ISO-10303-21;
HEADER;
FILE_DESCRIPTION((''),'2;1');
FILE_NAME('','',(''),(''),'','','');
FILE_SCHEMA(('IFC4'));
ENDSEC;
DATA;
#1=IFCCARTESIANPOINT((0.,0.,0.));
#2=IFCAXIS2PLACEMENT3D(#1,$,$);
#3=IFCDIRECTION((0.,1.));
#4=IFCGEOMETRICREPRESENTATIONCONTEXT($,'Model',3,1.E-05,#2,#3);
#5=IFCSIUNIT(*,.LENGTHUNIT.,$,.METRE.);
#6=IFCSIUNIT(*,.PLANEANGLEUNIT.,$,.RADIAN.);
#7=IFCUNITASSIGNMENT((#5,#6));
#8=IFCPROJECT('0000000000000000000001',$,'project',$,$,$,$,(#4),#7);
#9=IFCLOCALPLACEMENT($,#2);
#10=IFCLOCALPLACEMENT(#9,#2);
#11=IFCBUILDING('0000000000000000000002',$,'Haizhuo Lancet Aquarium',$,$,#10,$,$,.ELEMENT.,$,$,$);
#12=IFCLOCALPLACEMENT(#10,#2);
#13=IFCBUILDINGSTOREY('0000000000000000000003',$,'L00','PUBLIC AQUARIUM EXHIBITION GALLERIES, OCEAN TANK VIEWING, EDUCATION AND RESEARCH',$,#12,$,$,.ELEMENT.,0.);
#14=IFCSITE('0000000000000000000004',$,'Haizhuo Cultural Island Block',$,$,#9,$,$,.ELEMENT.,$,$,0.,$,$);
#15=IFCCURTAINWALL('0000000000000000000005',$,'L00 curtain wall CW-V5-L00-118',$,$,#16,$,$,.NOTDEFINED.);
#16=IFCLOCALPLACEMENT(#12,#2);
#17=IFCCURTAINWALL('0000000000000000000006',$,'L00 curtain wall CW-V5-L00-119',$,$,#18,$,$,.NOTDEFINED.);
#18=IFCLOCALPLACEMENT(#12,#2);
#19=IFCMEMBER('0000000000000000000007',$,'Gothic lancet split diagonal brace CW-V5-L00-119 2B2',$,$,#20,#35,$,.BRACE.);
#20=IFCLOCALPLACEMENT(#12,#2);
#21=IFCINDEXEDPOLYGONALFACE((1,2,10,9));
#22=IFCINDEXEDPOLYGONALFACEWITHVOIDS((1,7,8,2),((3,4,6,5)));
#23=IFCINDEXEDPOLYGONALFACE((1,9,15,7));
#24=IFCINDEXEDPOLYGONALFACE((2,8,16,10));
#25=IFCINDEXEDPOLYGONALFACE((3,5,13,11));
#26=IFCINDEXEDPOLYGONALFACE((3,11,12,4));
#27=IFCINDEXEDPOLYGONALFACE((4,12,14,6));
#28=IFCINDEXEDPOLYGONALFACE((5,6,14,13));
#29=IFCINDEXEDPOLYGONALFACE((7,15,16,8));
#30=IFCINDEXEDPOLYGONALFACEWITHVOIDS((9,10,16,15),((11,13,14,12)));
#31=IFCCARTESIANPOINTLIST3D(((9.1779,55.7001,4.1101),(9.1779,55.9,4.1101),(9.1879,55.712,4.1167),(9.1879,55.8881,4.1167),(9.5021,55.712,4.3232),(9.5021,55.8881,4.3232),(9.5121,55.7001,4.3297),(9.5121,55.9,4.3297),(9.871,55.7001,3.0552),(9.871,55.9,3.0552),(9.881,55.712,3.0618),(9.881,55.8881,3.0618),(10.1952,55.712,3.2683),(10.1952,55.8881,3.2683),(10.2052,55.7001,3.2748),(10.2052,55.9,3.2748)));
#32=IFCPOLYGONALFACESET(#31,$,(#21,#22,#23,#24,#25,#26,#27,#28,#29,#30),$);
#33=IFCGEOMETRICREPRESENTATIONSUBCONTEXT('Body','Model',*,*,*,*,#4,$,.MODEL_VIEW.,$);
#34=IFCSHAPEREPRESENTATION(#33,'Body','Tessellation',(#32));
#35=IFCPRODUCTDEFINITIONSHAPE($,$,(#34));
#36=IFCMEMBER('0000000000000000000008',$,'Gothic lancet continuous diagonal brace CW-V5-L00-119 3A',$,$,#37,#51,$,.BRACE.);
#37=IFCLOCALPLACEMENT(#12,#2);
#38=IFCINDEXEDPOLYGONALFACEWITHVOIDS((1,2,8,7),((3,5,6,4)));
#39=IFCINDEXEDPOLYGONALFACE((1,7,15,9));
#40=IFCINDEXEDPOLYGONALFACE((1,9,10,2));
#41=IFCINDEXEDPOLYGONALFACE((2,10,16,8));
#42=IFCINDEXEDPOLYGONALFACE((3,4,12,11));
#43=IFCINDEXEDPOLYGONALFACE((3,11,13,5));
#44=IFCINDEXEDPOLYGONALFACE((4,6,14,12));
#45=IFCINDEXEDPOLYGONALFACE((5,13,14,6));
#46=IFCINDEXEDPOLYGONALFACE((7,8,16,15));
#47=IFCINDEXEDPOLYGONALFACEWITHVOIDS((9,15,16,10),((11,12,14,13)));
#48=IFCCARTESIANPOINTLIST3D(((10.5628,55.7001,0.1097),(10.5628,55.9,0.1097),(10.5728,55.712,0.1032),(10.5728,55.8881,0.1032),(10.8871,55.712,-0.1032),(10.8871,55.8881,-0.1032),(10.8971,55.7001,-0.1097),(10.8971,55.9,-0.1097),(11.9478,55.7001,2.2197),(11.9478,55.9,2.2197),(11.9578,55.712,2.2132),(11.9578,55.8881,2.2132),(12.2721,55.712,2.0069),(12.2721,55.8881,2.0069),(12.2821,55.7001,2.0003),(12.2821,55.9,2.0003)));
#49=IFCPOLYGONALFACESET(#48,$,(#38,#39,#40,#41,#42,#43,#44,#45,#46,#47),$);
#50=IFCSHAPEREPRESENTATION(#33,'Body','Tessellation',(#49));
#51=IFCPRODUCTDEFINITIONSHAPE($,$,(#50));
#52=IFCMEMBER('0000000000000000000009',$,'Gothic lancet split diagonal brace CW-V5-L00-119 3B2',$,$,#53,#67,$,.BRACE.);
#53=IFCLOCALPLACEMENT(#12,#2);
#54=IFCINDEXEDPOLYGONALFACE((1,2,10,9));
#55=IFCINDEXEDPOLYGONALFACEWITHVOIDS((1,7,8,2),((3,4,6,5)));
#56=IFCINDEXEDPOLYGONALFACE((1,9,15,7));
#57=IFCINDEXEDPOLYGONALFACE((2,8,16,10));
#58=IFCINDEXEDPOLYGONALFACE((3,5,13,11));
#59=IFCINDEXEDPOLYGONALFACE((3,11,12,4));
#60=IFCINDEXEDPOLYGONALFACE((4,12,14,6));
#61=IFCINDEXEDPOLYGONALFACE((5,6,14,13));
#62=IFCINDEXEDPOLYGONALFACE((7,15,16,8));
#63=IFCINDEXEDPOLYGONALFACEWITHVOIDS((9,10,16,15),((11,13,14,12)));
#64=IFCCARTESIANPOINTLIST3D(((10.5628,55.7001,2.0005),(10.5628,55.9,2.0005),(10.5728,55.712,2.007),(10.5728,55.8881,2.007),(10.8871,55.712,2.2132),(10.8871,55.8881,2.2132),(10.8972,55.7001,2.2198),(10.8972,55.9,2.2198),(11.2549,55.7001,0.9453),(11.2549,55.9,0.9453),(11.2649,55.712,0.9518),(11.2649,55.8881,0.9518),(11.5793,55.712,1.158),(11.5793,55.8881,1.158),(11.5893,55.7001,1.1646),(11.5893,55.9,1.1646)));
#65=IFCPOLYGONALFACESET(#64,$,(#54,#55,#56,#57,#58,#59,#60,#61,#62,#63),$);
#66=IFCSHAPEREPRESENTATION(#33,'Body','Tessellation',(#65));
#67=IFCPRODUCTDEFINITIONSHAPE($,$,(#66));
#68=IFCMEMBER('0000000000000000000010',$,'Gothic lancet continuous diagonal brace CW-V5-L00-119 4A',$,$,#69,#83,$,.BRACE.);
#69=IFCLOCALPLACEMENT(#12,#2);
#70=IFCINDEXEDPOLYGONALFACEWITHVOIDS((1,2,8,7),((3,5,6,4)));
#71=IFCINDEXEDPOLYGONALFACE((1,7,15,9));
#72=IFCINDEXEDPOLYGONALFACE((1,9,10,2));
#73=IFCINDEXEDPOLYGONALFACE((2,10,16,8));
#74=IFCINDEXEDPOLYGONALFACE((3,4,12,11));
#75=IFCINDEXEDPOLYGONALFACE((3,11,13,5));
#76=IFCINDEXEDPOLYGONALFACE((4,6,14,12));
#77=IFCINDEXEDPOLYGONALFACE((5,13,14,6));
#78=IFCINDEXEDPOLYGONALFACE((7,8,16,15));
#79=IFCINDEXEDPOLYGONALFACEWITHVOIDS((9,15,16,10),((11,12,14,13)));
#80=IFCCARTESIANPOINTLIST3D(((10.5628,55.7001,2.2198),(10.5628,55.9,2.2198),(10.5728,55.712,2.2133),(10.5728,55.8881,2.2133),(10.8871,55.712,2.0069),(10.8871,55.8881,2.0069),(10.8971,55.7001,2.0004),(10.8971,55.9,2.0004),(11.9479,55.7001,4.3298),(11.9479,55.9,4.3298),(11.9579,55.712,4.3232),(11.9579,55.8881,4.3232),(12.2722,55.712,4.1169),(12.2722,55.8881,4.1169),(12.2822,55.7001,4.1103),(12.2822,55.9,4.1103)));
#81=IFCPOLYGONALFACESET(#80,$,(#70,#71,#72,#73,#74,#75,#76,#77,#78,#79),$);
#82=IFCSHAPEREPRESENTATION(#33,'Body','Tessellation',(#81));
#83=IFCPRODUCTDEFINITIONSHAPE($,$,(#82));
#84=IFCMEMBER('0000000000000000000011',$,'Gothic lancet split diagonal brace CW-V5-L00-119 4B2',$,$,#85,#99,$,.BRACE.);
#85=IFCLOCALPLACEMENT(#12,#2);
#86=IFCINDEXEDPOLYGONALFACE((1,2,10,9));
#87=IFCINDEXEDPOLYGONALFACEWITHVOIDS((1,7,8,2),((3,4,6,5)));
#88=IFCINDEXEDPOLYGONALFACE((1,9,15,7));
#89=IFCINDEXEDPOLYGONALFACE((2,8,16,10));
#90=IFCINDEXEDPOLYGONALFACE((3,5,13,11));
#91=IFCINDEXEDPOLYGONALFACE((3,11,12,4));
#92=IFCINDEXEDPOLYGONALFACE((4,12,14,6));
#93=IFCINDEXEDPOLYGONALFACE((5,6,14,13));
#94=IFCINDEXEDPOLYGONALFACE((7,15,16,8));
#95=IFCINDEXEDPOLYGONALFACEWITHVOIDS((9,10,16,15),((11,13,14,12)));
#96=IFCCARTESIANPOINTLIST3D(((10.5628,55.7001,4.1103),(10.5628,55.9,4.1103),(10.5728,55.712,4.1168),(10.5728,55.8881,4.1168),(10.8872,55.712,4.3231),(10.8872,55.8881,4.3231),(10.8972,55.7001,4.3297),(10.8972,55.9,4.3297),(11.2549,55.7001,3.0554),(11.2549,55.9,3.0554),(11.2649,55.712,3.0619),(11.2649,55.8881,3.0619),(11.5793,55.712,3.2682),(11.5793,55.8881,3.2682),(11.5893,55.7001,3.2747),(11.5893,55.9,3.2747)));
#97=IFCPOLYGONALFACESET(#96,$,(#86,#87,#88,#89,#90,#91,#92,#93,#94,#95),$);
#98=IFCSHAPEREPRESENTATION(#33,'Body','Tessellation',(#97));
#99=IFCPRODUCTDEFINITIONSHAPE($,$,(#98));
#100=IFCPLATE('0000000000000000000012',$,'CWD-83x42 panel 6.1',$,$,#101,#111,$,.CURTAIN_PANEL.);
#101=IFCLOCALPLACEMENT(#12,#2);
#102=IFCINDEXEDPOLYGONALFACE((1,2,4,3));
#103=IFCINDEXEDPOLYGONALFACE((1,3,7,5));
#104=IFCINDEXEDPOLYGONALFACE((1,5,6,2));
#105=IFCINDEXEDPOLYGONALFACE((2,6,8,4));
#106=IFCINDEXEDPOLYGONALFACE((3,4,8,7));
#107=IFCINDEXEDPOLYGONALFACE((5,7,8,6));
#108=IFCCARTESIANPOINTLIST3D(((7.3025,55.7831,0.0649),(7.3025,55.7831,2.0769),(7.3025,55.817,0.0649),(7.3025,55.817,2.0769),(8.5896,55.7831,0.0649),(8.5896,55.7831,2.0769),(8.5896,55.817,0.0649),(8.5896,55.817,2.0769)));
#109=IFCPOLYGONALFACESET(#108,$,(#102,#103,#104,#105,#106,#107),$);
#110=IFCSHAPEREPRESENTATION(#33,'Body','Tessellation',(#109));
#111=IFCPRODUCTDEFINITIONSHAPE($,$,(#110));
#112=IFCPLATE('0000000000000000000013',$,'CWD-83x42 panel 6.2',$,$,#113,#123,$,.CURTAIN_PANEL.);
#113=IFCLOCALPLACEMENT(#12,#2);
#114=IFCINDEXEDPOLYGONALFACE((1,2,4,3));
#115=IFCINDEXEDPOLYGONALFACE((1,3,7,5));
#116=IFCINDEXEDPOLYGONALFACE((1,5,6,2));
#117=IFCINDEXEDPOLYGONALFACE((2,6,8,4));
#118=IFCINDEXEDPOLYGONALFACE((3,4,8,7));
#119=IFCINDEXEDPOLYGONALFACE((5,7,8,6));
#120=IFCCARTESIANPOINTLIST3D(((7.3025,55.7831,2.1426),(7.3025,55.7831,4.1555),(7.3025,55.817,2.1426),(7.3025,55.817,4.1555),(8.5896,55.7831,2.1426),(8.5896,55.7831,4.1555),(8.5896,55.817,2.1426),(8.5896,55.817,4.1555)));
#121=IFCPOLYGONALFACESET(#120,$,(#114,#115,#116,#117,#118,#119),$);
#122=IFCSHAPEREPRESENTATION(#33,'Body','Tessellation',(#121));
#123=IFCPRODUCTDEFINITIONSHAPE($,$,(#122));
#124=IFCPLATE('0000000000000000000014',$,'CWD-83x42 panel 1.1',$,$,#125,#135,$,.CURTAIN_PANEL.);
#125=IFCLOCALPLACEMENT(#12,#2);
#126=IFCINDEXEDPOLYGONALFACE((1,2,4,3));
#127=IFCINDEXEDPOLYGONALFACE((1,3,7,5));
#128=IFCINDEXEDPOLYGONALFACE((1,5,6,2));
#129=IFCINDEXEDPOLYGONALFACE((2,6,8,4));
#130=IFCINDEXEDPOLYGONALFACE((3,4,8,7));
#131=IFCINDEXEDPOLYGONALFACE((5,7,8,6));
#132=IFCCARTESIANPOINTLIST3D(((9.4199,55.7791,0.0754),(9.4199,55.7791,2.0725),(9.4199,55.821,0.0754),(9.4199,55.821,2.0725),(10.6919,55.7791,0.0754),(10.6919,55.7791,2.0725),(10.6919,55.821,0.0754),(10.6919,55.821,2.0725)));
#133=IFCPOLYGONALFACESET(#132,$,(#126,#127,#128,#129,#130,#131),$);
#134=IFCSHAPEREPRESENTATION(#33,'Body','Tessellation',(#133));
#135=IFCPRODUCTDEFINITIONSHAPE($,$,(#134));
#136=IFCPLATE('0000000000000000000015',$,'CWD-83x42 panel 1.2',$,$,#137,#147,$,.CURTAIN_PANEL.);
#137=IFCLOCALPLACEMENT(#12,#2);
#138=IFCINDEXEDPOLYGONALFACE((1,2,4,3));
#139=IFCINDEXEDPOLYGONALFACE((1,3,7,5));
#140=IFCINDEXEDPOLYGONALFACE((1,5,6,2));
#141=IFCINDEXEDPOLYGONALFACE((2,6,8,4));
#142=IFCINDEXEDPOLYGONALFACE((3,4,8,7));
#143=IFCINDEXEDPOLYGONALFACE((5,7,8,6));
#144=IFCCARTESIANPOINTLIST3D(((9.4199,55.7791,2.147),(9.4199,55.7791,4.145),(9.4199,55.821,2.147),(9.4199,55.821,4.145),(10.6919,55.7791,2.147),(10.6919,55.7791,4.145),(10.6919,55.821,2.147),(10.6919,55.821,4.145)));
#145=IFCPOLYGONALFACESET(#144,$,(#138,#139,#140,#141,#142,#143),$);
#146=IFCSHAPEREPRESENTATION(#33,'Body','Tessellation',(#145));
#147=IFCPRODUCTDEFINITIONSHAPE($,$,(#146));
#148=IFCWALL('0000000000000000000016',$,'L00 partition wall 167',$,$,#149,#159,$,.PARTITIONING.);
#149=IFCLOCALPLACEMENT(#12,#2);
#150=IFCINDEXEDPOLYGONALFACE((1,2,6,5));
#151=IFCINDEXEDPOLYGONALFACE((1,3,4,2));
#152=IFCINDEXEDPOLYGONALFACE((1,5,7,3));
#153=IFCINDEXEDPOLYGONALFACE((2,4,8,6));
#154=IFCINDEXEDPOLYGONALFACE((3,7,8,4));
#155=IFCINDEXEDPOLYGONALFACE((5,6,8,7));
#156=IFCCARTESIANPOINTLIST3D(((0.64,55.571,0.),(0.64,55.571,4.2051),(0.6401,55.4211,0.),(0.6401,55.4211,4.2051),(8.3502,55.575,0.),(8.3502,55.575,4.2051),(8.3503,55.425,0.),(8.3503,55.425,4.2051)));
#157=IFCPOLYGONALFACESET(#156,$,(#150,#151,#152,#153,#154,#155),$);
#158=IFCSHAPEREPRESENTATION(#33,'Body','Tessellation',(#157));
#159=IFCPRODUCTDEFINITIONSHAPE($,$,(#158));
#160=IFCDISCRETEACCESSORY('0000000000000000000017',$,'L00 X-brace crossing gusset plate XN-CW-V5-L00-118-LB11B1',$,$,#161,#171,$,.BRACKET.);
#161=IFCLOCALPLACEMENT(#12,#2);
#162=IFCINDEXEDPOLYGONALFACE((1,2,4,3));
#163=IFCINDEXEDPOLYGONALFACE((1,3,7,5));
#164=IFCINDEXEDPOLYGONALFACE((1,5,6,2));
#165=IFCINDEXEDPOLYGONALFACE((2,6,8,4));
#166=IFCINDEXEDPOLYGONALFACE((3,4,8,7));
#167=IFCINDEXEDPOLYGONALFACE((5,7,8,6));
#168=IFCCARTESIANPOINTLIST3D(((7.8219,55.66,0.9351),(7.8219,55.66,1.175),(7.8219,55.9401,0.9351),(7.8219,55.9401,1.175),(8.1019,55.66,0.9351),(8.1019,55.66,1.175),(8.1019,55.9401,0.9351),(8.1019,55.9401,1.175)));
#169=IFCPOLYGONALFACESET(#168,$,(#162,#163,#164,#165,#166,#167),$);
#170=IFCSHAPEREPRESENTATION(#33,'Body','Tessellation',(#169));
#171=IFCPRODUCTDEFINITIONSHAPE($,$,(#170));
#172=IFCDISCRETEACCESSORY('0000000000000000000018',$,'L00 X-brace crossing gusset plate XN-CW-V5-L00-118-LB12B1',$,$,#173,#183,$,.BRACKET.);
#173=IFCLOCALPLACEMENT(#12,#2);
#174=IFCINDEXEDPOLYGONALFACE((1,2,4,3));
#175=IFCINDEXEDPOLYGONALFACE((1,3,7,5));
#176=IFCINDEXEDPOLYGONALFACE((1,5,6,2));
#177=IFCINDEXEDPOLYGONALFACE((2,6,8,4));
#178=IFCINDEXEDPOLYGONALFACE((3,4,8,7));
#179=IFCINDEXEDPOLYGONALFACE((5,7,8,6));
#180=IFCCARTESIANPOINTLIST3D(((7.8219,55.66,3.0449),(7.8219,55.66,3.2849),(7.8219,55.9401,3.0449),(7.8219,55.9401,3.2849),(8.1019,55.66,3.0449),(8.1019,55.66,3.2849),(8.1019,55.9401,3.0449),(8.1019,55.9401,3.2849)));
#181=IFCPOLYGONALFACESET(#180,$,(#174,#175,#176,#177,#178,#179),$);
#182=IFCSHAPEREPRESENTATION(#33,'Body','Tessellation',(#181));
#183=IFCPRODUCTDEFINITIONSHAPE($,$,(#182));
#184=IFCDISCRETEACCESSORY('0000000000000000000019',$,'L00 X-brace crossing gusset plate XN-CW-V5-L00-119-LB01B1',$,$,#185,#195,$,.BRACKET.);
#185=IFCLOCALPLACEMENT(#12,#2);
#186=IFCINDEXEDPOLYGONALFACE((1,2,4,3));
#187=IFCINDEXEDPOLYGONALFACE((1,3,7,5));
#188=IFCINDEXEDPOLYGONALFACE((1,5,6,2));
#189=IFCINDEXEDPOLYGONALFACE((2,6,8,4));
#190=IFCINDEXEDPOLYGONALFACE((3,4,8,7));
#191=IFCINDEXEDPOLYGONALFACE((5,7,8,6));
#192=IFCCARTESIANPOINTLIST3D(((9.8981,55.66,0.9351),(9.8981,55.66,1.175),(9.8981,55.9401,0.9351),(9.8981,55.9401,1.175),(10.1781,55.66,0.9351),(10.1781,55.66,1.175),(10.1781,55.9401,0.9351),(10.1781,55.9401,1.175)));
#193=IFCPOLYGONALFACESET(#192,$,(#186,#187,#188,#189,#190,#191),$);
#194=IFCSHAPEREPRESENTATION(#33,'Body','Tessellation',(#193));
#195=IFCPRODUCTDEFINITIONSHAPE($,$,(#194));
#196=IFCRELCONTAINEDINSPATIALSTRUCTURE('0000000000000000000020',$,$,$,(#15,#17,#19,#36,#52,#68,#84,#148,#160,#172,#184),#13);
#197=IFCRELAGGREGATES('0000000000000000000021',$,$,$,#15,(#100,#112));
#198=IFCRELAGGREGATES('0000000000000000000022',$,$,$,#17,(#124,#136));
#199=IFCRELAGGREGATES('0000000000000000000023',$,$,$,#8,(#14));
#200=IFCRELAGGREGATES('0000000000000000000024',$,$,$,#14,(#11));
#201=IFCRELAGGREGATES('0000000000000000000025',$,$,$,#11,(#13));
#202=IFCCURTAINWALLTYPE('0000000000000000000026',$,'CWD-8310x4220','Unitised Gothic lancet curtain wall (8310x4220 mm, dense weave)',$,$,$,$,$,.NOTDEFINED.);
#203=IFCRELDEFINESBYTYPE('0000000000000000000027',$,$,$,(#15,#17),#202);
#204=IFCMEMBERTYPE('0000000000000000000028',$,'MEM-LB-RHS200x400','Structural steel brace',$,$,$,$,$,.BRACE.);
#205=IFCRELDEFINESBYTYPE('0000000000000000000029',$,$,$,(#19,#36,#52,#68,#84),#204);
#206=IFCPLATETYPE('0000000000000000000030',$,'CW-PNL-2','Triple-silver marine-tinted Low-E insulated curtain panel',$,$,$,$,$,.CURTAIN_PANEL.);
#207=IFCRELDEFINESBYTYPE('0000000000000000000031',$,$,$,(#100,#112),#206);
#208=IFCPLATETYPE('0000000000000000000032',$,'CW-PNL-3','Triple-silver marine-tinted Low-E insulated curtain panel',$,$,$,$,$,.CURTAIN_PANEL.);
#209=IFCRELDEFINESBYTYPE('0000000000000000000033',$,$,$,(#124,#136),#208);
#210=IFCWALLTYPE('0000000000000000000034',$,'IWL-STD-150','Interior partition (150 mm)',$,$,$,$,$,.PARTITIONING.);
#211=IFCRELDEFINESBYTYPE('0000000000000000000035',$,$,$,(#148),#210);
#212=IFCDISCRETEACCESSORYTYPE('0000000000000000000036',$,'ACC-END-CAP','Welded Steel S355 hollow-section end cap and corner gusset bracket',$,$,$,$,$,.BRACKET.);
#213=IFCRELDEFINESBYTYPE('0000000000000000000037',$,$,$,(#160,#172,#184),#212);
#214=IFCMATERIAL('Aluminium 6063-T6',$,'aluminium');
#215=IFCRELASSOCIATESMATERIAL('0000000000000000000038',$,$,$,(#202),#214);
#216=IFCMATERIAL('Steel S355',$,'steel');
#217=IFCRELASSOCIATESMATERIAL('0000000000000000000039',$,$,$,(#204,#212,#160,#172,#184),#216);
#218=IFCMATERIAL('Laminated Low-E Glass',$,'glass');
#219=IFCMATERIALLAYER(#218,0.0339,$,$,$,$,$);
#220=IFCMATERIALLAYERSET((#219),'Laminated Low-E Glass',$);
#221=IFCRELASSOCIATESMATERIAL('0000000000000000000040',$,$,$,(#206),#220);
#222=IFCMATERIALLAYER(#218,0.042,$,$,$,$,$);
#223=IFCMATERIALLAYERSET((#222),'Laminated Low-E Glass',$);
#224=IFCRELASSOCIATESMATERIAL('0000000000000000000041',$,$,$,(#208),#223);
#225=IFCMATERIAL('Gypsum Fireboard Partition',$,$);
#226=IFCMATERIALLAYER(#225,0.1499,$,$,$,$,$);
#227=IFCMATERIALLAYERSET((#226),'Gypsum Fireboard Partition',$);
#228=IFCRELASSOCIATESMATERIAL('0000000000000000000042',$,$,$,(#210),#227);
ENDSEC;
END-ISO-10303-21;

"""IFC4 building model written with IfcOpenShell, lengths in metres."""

from ifc_helpers import new_model, si_unit, direction, frame, frame_2d, origin, origin_2d, place, context, subcontext, project, spatial, rectangle, hollow_rectangle, extrude, material, layer, layer_set, material_profile, profile_set, type_object, element, aggregate, save


model = new_model("IFC4")

# Units and contexts
model_context = context("Model", 3, precision=1e-05, world=origin(), true_north=direction((0.0, 1.0)))
body_context = subcontext(model_context, "Body", "Model", "MODEL_VIEW")
ifc_project = project(units=[si_unit("LENGTHUNIT", "METRE"), si_unit("PLANEANGLEUNIT", "RADIAN")], contexts=[model_context])

# Site, building, storey
site_placement = place(None, origin())
site = spatial("IfcSite", under=ifc_project, at=site_placement, Name="Haizhuo Cultural Island Block", CompositionType="ELEMENT", RefElevation=0.0)
building_placement = place(site_placement, origin())
building = spatial("IfcBuilding", under=site, at=building_placement, Name="Haizhuo Lancet Aquarium", CompositionType="ELEMENT")
storey_placement = place(building_placement, origin())
storey = spatial("IfcBuildingStorey", under=building, at=storey_placement, Name="L00", Description="PUBLIC AQUARIUM EXHIBITION GALLERIES, OCEAN TANK VIEWING, EDUCATION AND RESEARCH", CompositionType="ELEMENT", Elevation=0.0)

# Curtain wall
ifc_material_1 = material(Name="Aluminium 6063-T6", Category="aluminium")
curtain_wall_type = type_object("IfcCurtainWallType", Name="CWD-8310x4220", Description="Unitised Gothic lancet curtain wall (8310x4220 mm, dense weave)", PredefinedType="NOTDEFINED", material=ifc_material_1)
curtain_wall_1_placement = place(storey_placement, origin())
curtain_wall_1 = element("IfcCurtainWall", 1, at=curtain_wall_1_placement, inside=storey, type_object=curtain_wall_type, Name="L00 curtain wall CW-V5-L00-118", PredefinedType="NOTDEFINED")

# Curtain wall
curtain_wall_2_placement = place(storey_placement, origin())
curtain_wall_2 = element("IfcCurtainWall", 2, at=curtain_wall_2_placement, inside=storey, type_object=curtain_wall_type, Name="L00 curtain wall CW-V5-L00-119", PredefinedType="NOTDEFINED")

# Members
ifc_material_2 = material(Name="Steel S355", Category="steel")
ifc_material_profile_1 = material_profile(ifc_material_2, hollow_rectangle(XDim=0.2, YDim=0.3999, WallThickness=0.012, at=origin_2d()), Name="RHS 200x400x12")
ifc_profile_set_1 = profile_set([ifc_material_profile_1], Name="Steel S355")
member_type_1 = type_object("IfcMemberType", Name="MEM-LB-RHS200x400", Description="Structural steel brace", PredefinedType="BRACE", material=ifc_profile_set_1)
member_1_placement = place(storey_placement, frame((10.0381, 55.8, 3.165), z_axis=(-0.549108, 0.0, 0.835751), x_axis=(0.0, -1.0, 0.0)))
element("IfcMember", 3, at=member_1_placement, inside=storey, type_object=member_type_1, Name="Gothic lancet split diagonal brace CW-V5-L00-119 2B2", PredefinedType="BRACE", context=body_context, shape_type="SweptSolid", body=[
    extrude(hollow_rectangle(XDim=0.2, YDim=0.3999, WallThickness=0.012, at=origin_2d()), origin(), (0.0, 0.0, 1.0), 1.2622),
])
member_2_placement = place(storey_placement, frame((10.73, 55.8, 0.0), z_axis=(0.548726, 0.0, 0.836002), x_axis=(0.0, 1.0, 0.0)))
element("IfcMember", 4, at=member_2_placement, inside=storey, type_object=member_type_1, Name="Gothic lancet continuous diagonal brace CW-V5-L00-119 3A", PredefinedType="BRACE", context=body_context, shape_type="SweptSolid", body=[
    extrude(hollow_rectangle(XDim=0.2, YDim=0.3999, WallThickness=0.012, at=origin_2d()), origin(), (0.0, 0.0, 1.0), 2.5239),
])
member_3_placement = place(storey_placement, frame((11.4221, 55.8, 1.0549), z_axis=(-0.548479, 0.0, 0.836164), x_axis=(0.0, -1.0, 0.0)))
element("IfcMember", 5, at=member_3_placement, inside=storey, type_object=member_type_1, Name="Gothic lancet split diagonal brace CW-V5-L00-119 3B2", PredefinedType="BRACE", context=body_context, shape_type="SweptSolid", body=[
    extrude(hollow_rectangle(XDim=0.2, YDim=0.3999, WallThickness=0.012, at=origin_2d()), origin(), (0.0, 0.0, 1.0), 1.262),
])
member_4_placement = place(storey_placement, frame((10.73, 55.8, 2.1101), z_axis=(0.548771, 0.0, 0.835973), x_axis=(0.0, 1.0, 0.0)))
element("IfcMember", 6, at=member_4_placement, inside=storey, type_object=member_type_1, Name="Gothic lancet continuous diagonal brace CW-V5-L00-119 4A", PredefinedType="BRACE", context=body_context, shape_type="SweptSolid", body=[
    extrude(hollow_rectangle(XDim=0.2, YDim=0.3999, WallThickness=0.012, at=origin_2d()), origin(), (0.0, 0.0, 1.0), 2.5239),
])
member_5_placement = place(storey_placement, frame((11.4221, 55.8, 3.165), z_axis=(-0.548568, 0.0, 0.836106), x_axis=(0.0, -1.0, 0.0)))
element("IfcMember", 7, at=member_5_placement, inside=storey, type_object=member_type_1, Name="Gothic lancet split diagonal brace CW-V5-L00-119 4B2", PredefinedType="BRACE", context=body_context, shape_type="SweptSolid", body=[
    extrude(hollow_rectangle(XDim=0.2, YDim=0.3999, WallThickness=0.012, at=origin_2d()), origin(), (0.0, 0.0, 1.0), 1.2617),
])

# Plates
ifc_material_3 = material(Name="Laminated Low-E Glass", Category="glass")
ifc_layer_1 = layer(ifc_material_3, 0.0339)
ifc_layer_set_1 = layer_set([ifc_layer_1], Name="Laminated Low-E Glass")
plate_type_1 = type_object("IfcPlateType", Name="CW-PNL-2", Description="Triple-silver marine-tinted Low-E insulated curtain panel", PredefinedType="CURTAIN_PANEL", material=ifc_layer_set_1)
plate_1_placement = place(storey_placement, frame((7.946, 55.8, 0.0649), z_axis=(0.0, 0.0, 1.0), x_axis=(1.0, 0.0, 0.0)))
plate_1 = element("IfcPlate", 8, at=plate_1_placement, type_object=plate_type_1, Name="CWD-83x42 panel 6.1", PredefinedType="CURTAIN_PANEL", context=body_context, shape_type="SweptSolid", body=[
    extrude(rectangle(XDim=1.2871, YDim=0.0339, at=origin_2d()), origin(), (0.0, 0.0, 1.0), 2.012),
])
plate_2_placement = place(storey_placement, frame((7.946, 55.8, 2.1426), z_axis=(0.0, 0.0, 1.0), x_axis=(1.0, 0.0, 0.0)))
plate_2 = element("IfcPlate", 9, at=plate_2_placement, type_object=plate_type_1, Name="CWD-83x42 panel 6.2", PredefinedType="CURTAIN_PANEL", context=body_context, shape_type="SweptSolid", body=[
    extrude(rectangle(XDim=1.2871, YDim=0.0339, at=origin_2d()), origin(), (0.0, 0.0, 1.0), 2.0129),
])
aggregate(curtain_wall_1, [plate_1, plate_2])
ifc_layer_2 = layer(ifc_material_3, 0.042)
ifc_layer_set_2 = layer_set([ifc_layer_2], Name="Laminated Low-E Glass")
plate_type_2 = type_object("IfcPlateType", Name="CW-PNL-3", Description="Triple-silver marine-tinted Low-E insulated curtain panel", PredefinedType="CURTAIN_PANEL", material=ifc_layer_set_2)
plate_3_placement = place(storey_placement, frame((10.0559, 55.8, 0.0754), z_axis=(0.0, 0.0, 1.0), x_axis=(1.0, 0.0, 0.0)))
plate_3 = element("IfcPlate", 10, at=plate_3_placement, type_object=plate_type_2, Name="CWD-83x42 panel 1.1", PredefinedType="CURTAIN_PANEL", context=body_context, shape_type="SweptSolid", body=[
    extrude(rectangle(XDim=1.272, YDim=0.042, at=origin_2d()), origin(), (0.0, 0.0, 1.0), 1.9971),
])
plate_4_placement = place(storey_placement, frame((10.0559, 55.8, 2.147), z_axis=(0.0, 0.0, 1.0), x_axis=(1.0, 0.0, 0.0)))
plate_4 = element("IfcPlate", 11, at=plate_4_placement, type_object=plate_type_2, Name="CWD-83x42 panel 1.2", PredefinedType="CURTAIN_PANEL", context=body_context, shape_type="SweptSolid", body=[
    extrude(rectangle(XDim=1.272, YDim=0.042, at=origin_2d()), origin(), (0.0, 0.0, 1.0), 1.998),
])
aggregate(curtain_wall_2, [plate_3, plate_4])

# Wall
ifc_material_4 = material(Name="Gypsum Fireboard Partition")
ifc_layer_3 = layer(ifc_material_4, 0.1499)
ifc_layer_set_3 = layer_set([ifc_layer_3], Name="Gypsum Fireboard Partition")
wall_type = type_object("IfcWallType", Name="IWL-STD-150", Description="Interior partition (150 mm)", PredefinedType="PARTITIONING", material=ifc_layer_set_3)
wall_placement = place(storey_placement, frame((8.3501, 55.5, 0.0), z_axis=(0.0, 0.0, 1.0), x_axis=(-1.0, -0.000507, 0.0)))
element("IfcWall", 12, at=wall_placement, inside=storey, type_object=wall_type, Name="L00 partition wall 167", PredefinedType="PARTITIONING", context=body_context, shape_type="SweptSolid", body=[
    extrude(rectangle(XDim=7.7102, YDim=0.1499, at=frame_2d((3.855, 0.0))), origin(), (0.0, 0.0, 1.0), 4.2051),
])

# Discrete accessories
discrete_accessory_type = type_object("IfcDiscreteAccessoryType", Name="ACC-END-CAP", Description="Welded Steel S355 hollow-section end cap and corner gusset bracket", PredefinedType="BRACKET", material=ifc_material_2)
for number, where, z_axis, x_axis, name in (
    (13, (7.9619, 55.8, 0.9351), (0.0, 0.0, 1.0), (1.0, 0.0, 0.0), "L00 X-brace crossing gusset plate XN-CW-V5-L00-118-LB11B1"),
    (14, (7.9619, 55.8, 3.0449), (0.0, 0.0, 1.0), (1.0, 0.0, 0.0), "L00 X-brace crossing gusset plate XN-CW-V5-L00-118-LB12B1"),
    (15, (10.0381, 55.8, 0.9351), (0.0, 0.0, 1.0), (1.0, 0.0, 0.0), "L00 X-brace crossing gusset plate XN-CW-V5-L00-119-LB01B1"),
):
    element("IfcDiscreteAccessory", number, at=place(storey_placement, frame(where, z_axis=z_axis, x_axis=x_axis)), inside=storey, type_object=discrete_accessory_type, material=ifc_material_2, Name=name, PredefinedType="BRACKET", context=body_context, shape_type="SweptSolid", body=[
        extrude(rectangle(XDim=0.28, YDim=0.28, at=origin_2d()), origin(), (0.0, 0.0, 1.0), 0.24),
    ])

save(model, "model.ifc")
